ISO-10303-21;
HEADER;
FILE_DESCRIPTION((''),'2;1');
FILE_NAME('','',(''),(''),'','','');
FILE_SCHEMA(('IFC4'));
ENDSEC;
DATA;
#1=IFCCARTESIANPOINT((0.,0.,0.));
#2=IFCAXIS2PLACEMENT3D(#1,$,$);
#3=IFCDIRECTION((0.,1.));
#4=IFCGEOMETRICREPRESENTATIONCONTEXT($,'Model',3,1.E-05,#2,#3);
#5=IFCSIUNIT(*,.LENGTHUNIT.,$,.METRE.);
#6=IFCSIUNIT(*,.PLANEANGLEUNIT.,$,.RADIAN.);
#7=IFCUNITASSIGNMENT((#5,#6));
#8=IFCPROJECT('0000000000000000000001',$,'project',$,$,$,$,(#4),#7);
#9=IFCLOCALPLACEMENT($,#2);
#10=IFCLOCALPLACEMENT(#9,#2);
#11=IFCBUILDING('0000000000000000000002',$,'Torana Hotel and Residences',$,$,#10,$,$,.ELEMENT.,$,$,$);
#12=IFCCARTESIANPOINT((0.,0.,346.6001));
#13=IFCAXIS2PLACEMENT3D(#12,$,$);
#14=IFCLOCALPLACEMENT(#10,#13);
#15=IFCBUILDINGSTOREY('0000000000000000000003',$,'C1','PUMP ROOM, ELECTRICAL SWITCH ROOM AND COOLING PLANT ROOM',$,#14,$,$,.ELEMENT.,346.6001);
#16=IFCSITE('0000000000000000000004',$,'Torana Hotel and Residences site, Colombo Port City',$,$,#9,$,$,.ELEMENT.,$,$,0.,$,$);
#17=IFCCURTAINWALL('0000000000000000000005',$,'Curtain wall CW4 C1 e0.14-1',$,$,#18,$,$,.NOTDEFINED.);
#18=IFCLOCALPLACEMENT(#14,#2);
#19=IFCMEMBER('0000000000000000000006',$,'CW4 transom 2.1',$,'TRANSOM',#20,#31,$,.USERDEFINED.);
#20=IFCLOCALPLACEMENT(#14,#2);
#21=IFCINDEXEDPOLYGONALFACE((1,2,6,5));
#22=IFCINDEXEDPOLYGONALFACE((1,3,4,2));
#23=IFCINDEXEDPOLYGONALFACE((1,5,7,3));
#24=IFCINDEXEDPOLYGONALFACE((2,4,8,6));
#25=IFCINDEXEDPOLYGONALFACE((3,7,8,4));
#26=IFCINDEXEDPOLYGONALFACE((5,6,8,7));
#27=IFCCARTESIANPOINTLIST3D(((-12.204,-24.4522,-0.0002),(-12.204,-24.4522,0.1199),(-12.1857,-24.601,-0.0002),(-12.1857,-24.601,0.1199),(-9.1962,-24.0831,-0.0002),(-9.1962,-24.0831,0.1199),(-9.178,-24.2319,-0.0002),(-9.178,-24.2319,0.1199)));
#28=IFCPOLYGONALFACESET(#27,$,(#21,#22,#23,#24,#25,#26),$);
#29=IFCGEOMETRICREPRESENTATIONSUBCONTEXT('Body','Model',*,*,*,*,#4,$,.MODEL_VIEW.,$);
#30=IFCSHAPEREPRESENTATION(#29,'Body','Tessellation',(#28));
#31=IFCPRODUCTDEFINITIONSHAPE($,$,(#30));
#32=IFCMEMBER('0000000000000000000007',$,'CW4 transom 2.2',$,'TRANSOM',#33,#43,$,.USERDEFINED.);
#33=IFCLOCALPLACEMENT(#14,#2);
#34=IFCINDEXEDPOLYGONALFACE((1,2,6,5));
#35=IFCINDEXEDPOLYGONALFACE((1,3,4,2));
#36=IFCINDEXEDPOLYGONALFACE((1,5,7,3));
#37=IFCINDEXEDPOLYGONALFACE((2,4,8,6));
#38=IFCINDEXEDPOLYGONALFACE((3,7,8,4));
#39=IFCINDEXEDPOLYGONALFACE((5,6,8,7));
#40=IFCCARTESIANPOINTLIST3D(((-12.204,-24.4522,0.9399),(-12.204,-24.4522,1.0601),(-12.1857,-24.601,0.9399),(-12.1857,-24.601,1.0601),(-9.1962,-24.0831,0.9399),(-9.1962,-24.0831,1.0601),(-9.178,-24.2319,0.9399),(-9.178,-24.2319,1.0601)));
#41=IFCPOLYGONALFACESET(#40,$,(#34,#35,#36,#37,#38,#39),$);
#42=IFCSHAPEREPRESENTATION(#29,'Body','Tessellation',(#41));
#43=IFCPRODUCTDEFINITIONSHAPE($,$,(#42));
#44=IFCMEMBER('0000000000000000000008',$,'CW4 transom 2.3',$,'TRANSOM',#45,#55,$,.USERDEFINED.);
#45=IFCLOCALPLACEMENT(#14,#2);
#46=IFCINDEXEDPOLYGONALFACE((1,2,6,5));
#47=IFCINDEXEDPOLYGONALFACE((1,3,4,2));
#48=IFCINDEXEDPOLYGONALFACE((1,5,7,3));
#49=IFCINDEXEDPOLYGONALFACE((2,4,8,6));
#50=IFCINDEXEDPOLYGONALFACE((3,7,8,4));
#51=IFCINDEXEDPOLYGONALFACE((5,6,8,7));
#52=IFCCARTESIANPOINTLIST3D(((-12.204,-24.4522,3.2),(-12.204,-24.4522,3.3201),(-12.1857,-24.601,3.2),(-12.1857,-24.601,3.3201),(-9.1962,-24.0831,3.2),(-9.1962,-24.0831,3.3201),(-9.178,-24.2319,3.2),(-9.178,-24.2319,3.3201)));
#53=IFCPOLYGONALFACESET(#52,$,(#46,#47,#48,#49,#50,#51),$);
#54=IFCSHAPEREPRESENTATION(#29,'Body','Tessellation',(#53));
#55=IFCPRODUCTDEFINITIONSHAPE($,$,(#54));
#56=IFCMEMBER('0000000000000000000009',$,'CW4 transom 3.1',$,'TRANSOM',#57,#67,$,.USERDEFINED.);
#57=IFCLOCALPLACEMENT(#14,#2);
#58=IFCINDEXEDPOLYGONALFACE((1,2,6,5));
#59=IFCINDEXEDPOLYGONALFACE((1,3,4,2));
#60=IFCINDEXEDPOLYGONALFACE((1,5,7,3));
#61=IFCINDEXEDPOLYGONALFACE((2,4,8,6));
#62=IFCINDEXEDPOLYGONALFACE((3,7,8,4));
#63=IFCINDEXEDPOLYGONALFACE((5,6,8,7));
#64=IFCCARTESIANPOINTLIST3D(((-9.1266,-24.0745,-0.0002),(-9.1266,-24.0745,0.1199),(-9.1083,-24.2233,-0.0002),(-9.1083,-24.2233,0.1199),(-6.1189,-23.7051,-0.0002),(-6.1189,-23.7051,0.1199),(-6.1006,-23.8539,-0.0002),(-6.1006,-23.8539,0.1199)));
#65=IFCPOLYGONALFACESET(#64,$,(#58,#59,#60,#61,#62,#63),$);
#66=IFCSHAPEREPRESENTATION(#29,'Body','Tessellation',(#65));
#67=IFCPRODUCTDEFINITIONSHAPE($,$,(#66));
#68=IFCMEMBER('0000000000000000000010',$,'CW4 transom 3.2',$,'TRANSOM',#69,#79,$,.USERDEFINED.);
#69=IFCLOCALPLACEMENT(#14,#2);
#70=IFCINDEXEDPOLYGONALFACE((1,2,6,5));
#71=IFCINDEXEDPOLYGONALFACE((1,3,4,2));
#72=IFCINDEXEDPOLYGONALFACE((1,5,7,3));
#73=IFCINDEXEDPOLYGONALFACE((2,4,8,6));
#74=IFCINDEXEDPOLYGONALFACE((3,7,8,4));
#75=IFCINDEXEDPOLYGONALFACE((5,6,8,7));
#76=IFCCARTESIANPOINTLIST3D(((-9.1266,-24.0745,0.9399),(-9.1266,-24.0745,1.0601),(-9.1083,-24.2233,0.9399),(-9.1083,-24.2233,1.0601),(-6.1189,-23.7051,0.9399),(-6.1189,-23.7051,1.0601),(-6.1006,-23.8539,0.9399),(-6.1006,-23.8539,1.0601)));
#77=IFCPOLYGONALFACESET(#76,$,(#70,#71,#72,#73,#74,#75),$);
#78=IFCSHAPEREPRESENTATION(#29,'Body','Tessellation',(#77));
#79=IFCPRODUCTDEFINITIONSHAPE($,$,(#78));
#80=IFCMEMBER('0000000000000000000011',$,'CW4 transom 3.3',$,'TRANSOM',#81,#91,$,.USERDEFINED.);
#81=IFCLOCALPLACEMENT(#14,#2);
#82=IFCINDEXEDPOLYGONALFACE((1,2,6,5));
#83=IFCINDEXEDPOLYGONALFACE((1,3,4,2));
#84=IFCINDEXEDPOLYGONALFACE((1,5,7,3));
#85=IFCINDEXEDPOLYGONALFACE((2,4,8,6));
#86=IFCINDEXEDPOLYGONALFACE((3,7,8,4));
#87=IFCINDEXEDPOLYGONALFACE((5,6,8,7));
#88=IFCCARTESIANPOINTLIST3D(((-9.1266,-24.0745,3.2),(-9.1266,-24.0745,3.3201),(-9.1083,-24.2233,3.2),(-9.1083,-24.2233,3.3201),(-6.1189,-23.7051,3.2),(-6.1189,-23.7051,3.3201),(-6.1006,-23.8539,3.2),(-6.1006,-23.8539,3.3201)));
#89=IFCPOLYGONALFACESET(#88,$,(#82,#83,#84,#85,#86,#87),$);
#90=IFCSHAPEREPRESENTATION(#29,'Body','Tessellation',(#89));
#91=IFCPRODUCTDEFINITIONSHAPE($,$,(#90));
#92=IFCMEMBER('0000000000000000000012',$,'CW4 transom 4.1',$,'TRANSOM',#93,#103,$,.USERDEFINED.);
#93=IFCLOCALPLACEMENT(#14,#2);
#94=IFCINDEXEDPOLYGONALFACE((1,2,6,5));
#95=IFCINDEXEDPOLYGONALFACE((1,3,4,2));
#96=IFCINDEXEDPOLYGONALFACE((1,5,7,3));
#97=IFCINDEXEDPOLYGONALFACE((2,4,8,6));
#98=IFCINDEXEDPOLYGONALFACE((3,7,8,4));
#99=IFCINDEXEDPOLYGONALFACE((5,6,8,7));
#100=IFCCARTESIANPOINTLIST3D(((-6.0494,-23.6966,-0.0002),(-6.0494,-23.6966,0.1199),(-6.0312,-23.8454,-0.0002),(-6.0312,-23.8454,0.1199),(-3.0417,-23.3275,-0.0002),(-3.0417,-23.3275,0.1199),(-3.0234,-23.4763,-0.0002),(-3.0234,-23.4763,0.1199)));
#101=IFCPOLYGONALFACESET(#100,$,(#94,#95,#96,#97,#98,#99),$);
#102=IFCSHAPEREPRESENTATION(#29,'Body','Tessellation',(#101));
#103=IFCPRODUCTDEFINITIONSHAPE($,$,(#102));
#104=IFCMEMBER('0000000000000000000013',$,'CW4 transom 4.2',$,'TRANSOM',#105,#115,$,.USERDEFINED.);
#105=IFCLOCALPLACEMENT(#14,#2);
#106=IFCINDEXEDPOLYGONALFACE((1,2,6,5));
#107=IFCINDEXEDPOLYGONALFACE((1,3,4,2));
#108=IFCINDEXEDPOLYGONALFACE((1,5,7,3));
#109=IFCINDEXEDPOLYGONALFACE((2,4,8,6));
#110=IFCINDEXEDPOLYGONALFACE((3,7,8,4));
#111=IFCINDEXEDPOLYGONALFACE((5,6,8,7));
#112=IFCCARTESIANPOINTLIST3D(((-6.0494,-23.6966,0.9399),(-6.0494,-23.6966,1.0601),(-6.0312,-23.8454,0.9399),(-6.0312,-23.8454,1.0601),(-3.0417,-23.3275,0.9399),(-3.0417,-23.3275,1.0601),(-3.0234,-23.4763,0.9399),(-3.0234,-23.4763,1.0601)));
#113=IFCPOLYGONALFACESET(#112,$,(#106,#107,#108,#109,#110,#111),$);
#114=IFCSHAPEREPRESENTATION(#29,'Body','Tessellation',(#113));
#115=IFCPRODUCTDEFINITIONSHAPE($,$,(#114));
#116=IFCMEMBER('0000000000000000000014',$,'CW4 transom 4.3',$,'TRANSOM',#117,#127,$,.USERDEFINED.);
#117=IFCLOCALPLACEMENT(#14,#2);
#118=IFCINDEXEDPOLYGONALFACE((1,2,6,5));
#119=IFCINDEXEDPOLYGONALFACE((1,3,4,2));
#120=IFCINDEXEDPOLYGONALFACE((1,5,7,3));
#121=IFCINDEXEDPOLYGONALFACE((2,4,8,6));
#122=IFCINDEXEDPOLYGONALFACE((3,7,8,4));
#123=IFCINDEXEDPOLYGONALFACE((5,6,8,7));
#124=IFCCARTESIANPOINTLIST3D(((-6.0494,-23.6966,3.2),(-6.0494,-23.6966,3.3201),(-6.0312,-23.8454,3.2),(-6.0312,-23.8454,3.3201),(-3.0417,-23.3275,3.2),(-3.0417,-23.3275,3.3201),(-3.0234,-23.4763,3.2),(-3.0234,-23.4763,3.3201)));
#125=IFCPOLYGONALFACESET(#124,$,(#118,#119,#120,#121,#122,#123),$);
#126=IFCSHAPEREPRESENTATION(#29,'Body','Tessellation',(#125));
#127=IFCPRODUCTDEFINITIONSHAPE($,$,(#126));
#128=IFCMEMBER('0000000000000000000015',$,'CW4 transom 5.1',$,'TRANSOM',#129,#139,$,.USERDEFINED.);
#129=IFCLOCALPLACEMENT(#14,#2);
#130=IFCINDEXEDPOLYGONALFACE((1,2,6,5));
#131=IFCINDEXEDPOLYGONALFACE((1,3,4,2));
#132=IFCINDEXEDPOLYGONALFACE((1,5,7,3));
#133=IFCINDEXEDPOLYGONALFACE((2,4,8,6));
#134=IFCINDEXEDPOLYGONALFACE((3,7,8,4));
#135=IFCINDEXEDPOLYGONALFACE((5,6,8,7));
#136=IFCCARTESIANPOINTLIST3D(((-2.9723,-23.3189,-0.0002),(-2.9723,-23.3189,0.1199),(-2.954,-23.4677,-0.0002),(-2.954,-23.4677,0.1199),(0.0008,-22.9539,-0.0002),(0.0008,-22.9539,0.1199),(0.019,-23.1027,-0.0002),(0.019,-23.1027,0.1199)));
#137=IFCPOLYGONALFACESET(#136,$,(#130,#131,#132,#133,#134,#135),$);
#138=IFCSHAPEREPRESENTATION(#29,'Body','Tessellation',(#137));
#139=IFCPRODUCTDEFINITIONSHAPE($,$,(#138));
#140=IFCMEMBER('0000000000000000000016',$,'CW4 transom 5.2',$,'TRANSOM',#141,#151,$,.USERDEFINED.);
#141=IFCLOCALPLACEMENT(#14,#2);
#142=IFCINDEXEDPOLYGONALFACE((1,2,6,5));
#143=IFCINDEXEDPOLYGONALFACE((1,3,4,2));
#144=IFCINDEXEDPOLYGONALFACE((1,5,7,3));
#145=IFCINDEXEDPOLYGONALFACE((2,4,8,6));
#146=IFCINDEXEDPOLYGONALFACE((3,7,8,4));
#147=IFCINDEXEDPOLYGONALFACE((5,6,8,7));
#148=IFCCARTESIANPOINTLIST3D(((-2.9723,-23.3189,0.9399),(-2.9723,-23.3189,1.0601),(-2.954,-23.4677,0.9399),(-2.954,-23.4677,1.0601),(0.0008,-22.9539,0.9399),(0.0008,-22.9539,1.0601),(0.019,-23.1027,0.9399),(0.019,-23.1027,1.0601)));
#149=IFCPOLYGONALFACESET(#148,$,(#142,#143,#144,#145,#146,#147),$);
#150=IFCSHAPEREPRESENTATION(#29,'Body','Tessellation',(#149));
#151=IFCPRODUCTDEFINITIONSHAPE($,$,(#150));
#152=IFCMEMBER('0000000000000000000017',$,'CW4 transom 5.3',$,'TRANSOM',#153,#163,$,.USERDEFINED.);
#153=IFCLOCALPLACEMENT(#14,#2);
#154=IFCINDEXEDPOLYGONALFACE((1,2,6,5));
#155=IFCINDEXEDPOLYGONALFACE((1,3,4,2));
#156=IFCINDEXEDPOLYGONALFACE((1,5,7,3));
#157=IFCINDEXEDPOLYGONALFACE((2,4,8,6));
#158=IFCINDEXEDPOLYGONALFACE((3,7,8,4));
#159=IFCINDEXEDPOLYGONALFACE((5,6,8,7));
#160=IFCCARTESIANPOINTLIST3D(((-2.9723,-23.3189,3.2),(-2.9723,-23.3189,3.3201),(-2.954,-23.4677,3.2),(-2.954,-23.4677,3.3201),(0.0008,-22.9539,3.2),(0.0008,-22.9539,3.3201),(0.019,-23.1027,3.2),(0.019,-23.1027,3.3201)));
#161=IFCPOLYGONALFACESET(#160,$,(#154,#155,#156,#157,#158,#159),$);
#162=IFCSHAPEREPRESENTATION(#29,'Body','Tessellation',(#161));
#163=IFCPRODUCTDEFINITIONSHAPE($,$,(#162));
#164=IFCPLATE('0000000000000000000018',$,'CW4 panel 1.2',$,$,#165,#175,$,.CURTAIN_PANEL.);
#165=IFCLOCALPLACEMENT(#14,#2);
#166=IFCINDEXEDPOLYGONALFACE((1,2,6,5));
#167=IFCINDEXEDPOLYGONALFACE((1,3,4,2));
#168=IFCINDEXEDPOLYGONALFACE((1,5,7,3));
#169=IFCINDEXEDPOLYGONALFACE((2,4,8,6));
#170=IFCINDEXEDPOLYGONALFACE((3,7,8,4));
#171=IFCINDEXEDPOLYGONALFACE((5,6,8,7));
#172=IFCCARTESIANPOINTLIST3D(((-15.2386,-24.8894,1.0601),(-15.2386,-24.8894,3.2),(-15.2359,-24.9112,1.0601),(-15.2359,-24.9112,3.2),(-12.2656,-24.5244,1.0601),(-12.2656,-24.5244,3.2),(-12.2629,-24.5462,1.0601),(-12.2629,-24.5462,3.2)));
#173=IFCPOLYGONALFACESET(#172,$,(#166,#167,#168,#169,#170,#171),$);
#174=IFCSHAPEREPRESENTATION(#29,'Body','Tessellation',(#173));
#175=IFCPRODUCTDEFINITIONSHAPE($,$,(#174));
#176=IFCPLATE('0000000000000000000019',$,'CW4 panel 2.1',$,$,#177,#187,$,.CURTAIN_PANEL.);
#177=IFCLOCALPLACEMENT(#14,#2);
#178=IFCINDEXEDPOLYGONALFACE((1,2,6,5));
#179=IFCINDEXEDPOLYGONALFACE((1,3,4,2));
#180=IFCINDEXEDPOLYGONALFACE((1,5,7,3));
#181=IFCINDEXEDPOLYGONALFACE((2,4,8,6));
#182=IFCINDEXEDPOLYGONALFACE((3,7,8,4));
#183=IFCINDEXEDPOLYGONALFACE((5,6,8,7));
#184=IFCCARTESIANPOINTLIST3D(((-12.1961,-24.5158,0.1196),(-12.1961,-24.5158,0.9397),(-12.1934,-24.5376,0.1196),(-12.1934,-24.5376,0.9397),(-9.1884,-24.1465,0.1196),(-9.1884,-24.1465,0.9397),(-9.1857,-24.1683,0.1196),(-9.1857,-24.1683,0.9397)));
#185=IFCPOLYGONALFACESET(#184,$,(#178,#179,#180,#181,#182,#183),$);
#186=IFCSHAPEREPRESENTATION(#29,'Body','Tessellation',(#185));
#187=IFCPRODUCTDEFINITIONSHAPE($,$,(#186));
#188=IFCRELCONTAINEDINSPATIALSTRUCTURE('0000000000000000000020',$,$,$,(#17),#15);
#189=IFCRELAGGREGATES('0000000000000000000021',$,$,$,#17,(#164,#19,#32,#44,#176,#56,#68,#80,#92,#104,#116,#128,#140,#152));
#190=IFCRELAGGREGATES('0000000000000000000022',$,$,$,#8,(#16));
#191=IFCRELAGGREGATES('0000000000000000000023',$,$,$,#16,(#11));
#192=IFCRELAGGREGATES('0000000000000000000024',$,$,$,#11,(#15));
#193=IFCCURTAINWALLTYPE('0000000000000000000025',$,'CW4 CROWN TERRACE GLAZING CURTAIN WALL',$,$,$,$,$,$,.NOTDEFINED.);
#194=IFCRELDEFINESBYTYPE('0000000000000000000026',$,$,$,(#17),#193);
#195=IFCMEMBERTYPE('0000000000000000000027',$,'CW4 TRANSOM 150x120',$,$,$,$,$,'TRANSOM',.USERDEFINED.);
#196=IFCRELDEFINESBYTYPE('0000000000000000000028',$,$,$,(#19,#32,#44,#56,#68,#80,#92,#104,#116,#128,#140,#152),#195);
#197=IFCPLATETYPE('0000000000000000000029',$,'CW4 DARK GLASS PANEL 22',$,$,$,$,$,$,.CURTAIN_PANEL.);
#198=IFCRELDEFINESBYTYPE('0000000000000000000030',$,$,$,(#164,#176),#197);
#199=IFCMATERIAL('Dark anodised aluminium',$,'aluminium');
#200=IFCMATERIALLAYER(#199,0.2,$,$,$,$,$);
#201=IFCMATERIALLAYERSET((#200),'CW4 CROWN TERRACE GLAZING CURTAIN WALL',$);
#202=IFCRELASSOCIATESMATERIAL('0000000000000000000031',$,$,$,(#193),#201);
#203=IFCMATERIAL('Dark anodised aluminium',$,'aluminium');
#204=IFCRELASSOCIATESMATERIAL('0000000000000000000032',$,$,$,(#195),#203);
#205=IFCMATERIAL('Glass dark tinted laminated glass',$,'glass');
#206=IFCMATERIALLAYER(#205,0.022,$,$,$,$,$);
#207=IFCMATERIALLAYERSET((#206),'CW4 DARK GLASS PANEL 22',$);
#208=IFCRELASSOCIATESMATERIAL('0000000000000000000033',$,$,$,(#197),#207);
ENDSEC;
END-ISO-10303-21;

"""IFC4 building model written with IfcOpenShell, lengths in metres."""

from ifc_helpers import new_model, si_unit, direction, frame, origin, origin_2d, place, context, subcontext, project, spatial, rectangle, extrude, material, layer, layer_set, material_profile, profile_set, type_object, element, aggregate, save


model = new_model("IFC4")

# Units and contexts
model_context = context("Model", 3, precision=1e-05, world=origin(), true_north=direction((0.0, 1.0)))
body_context = subcontext(model_context, "Body", "Model", "MODEL_VIEW")
ifc_project = project(units=[si_unit("LENGTHUNIT", "METRE"), si_unit("PLANEANGLEUNIT", "RADIAN")], contexts=[model_context])

# Site, building, storey
site_placement = place(None, origin())
site = spatial("IfcSite", under=ifc_project, at=site_placement, Name="Torana Hotel and Residences site, Colombo Port City", CompositionType="ELEMENT", RefElevation=0.0)
building_placement = place(site_placement, origin())
building = spatial("IfcBuilding", under=site, at=building_placement, Name="Torana Hotel and Residences", CompositionType="ELEMENT")
storey_placement = place(building_placement, frame((0.0, 0.0, 346.6001)))
storey = spatial("IfcBuildingStorey", under=building, at=storey_placement, Name="C1", Description="PUMP ROOM, ELECTRICAL SWITCH ROOM AND COOLING PLANT ROOM", CompositionType="ELEMENT", Elevation=346.6001)

# Curtain wall, members, plates
ifc_material_1 = material(Name="Dark anodised aluminium", Category="aluminium")
ifc_layer_1 = layer(ifc_material_1, 0.2)
ifc_layer_set_1 = layer_set([ifc_layer_1], Name="CW4 CROWN TERRACE GLAZING CURTAIN WALL")
curtain_wall_type = type_object("IfcCurtainWallType", Name="CW4 CROWN TERRACE GLAZING CURTAIN WALL", PredefinedType="NOTDEFINED", material=ifc_layer_set_1)
curtain_wall_placement = place(storey_placement, origin())
curtain_wall = element("IfcCurtainWall", 1, at=curtain_wall_placement, inside=storey, type_object=curtain_wall_type, Name="Curtain wall CW4 C1 e0.14-1", PredefinedType="NOTDEFINED")
ifc_material_2 = material(Name="Dark anodised aluminium", Category="aluminium")
ifc_material_profile_1 = material_profile(ifc_material_2, rectangle(XDim=0.1499, YDim=0.1201, at=origin_2d()), Name="CW4 TRANSOM 150x120")
ifc_profile_set_1 = profile_set([ifc_material_profile_1], Name="Dark anodised aluminium")
member_type_1 = type_object("IfcMemberType", Name="CW4 TRANSOM 150x120", ElementType="TRANSOM", PredefinedType="USERDEFINED", material=ifc_profile_set_1)
member_1_placement = place(storey_placement, frame((-12.1948, -24.5266, 0.0598), z_axis=(0.992553, 0.121813, 0.0), x_axis=(-0.121813, 0.992553, 0.0)))
member_1 = element("IfcMember", 2, at=member_1_placement, type_object=member_type_1, Name="CW4 transom 2.1", ObjectType="TRANSOM", PredefinedType="USERDEFINED", context=body_context, shape_type="SweptSolid", body=[
    extrude(rectangle(XDim=0.1499, YDim=0.1201, at=origin_2d()), origin(), (0.0, 0.0, 1.0), 3.0303),
])
member_2_placement = place(storey_placement, frame((-12.1948, -24.5266, 1.0), z_axis=(0.992553, 0.121813, 0.0), x_axis=(-0.121813, 0.992553, 0.0)))
member_2 = element("IfcMember", 3, at=member_2_placement, type_object=member_type_1, Name="CW4 transom 2.2", ObjectType="TRANSOM", PredefinedType="USERDEFINED", context=body_context, shape_type="SweptSolid", body=[
    extrude(rectangle(XDim=0.1499, YDim=0.1201, at=origin_2d()), origin(), (0.0, 0.0, 1.0), 3.0303),
])
member_3_placement = place(storey_placement, frame((-12.1948, -24.5266, 3.26), z_axis=(0.992553, 0.121813, 0.0), x_axis=(-0.121813, 0.992553, 0.0)))
member_3 = element("IfcMember", 4, at=member_3_placement, type_object=member_type_1, Name="CW4 transom 2.3", ObjectType="TRANSOM", PredefinedType="USERDEFINED", context=body_context, shape_type="SweptSolid", body=[
    extrude(rectangle(XDim=0.1499, YDim=0.1201, at=origin_2d()), origin(), (0.0, 0.0, 1.0), 3.0303),
])
member_4_placement = place(storey_placement, frame((-9.1174, -24.1489, 0.0598), z_axis=(0.992542, 0.121902, 0.0), x_axis=(-0.121902, 0.992542, 0.0)))
member_4 = element("IfcMember", 5, at=member_4_placement, type_object=member_type_1, Name="CW4 transom 3.1", ObjectType="TRANSOM", PredefinedType="USERDEFINED", context=body_context, shape_type="SweptSolid", body=[
    extrude(rectangle(XDim=0.1499, YDim=0.1201, at=origin_2d()), origin(), (0.0, 0.0, 1.0), 3.0303),
])
member_5_placement = place(storey_placement, frame((-9.1174, -24.1489, 1.0), z_axis=(0.992542, 0.121902, 0.0), x_axis=(-0.121902, 0.992542, 0.0)))
member_5 = element("IfcMember", 6, at=member_5_placement, type_object=member_type_1, Name="CW4 transom 3.2", ObjectType="TRANSOM", PredefinedType="USERDEFINED", context=body_context, shape_type="SweptSolid", body=[
    extrude(rectangle(XDim=0.1499, YDim=0.1201, at=origin_2d()), origin(), (0.0, 0.0, 1.0), 3.0303),
])
member_6_placement = place(storey_placement, frame((-9.1174, -24.1489, 3.26), z_axis=(0.992542, 0.121902, 0.0), x_axis=(-0.121902, 0.992542, 0.0)))
member_6 = element("IfcMember", 7, at=member_6_placement, type_object=member_type_1, Name="CW4 transom 3.3", ObjectType="TRANSOM", PredefinedType="USERDEFINED", context=body_context, shape_type="SweptSolid", body=[
    extrude(rectangle(XDim=0.1499, YDim=0.1201, at=origin_2d()), origin(), (0.0, 0.0, 1.0), 3.0303),
])
member_7_placement = place(storey_placement, frame((-6.0403, -23.771, 0.0598), z_axis=(0.992553, 0.121813, 0.0), x_axis=(-0.121813, 0.992553, 0.0)))
member_7 = element("IfcMember", 8, at=member_7_placement, type_object=member_type_1, Name="CW4 transom 4.1", ObjectType="TRANSOM", PredefinedType="USERDEFINED", context=body_context, shape_type="SweptSolid", body=[
    extrude(rectangle(XDim=0.1499, YDim=0.1201, at=origin_2d()), origin(), (0.0, 0.0, 1.0), 3.0303),
])
member_8_placement = place(storey_placement, frame((-6.0403, -23.771, 1.0), z_axis=(0.992553, 0.121813, 0.0), x_axis=(-0.121813, 0.992553, 0.0)))
member_8 = element("IfcMember", 9, at=member_8_placement, type_object=member_type_1, Name="CW4 transom 4.2", ObjectType="TRANSOM", PredefinedType="USERDEFINED", context=body_context, shape_type="SweptSolid", body=[
    extrude(rectangle(XDim=0.1499, YDim=0.1201, at=origin_2d()), origin(), (0.0, 0.0, 1.0), 3.0303),
])
member_9_placement = place(storey_placement, frame((-6.0403, -23.771, 3.26), z_axis=(0.992553, 0.121813, 0.0), x_axis=(-0.121813, 0.992553, 0.0)))
member_9 = element("IfcMember", 10, at=member_9_placement, type_object=member_type_1, Name="CW4 transom 4.3", ObjectType="TRANSOM", PredefinedType="USERDEFINED", context=body_context, shape_type="SweptSolid", body=[
    extrude(rectangle(XDim=0.1499, YDim=0.1201, at=origin_2d()), origin(), (0.0, 0.0, 1.0), 3.0303),
])
member_10_placement = place(storey_placement, frame((-2.9631, -23.3933, 0.0598), z_axis=(0.992549, 0.121848, 0.0), x_axis=(-0.121848, 0.992549, 0.0)))
member_10 = element("IfcMember", 11, at=member_10_placement, type_object=member_type_1, Name="CW4 transom 5.1", ObjectType="TRANSOM", PredefinedType="USERDEFINED", context=body_context, shape_type="SweptSolid", body=[
    extrude(rectangle(XDim=0.1499, YDim=0.1201, at=origin_2d()), origin(), (0.0, 0.0, 1.0), 2.9954),
])
member_11_placement = place(storey_placement, frame((-2.9631, -23.3933, 1.0), z_axis=(0.992549, 0.121848, 0.0), x_axis=(-0.121848, 0.992549, 0.0)))
member_11 = element("IfcMember", 12, at=member_11_placement, type_object=member_type_1, Name="CW4 transom 5.2", ObjectType="TRANSOM", PredefinedType="USERDEFINED", context=body_context, shape_type="SweptSolid", body=[
    extrude(rectangle(XDim=0.1499, YDim=0.1201, at=origin_2d()), origin(), (0.0, 0.0, 1.0), 2.9954),
])
member_12_placement = place(storey_placement, frame((-2.9631, -23.3933, 3.26), z_axis=(0.992549, 0.121848, 0.0), x_axis=(-0.121848, 0.992549, 0.0)))
member_12 = element("IfcMember", 13, at=member_12_placement, type_object=member_type_1, Name="CW4 transom 5.3", ObjectType="TRANSOM", PredefinedType="USERDEFINED", context=body_context, shape_type="SweptSolid", body=[
    extrude(rectangle(XDim=0.1499, YDim=0.1201, at=origin_2d()), origin(), (0.0, 0.0, 1.0), 2.9954),
])
ifc_material_3 = material(Name="Glass dark tinted laminated glass", Category="glass")
ifc_layer_2 = layer(ifc_material_3, 0.022)
ifc_layer_set_2 = layer_set([ifc_layer_2], Name="CW4 DARK GLASS PANEL 22")
plate_type = type_object("IfcPlateType", Name="CW4 DARK GLASS PANEL 22", PredefinedType="CURTAIN_PANEL", material=ifc_layer_set_2)
plate_1_placement = place(storey_placement, frame((-13.7507, -24.7178, 1.0601), z_axis=(0.0, 0.0, 1.0), x_axis=(0.992548, 0.121858, 0.0)))
plate_1 = element("IfcPlate", 14, at=plate_1_placement, type_object=plate_type, Name="CW4 panel 1.2", PredefinedType="CURTAIN_PANEL", context=body_context, shape_type="SweptSolid", body=[
    extrude(rectangle(XDim=2.9954, YDim=0.022, at=origin_2d()), origin(), (0.0, 0.0, 1.0), 2.1399),
])
plate_2_placement = place(storey_placement, frame((-10.6909, -24.342, 0.1196), z_axis=(0.0, 0.0, 1.0), x_axis=(0.992548, 0.121858, 0.0)))
plate_2 = element("IfcPlate", 15, at=plate_2_placement, type_object=plate_type, Name="CW4 panel 2.1", PredefinedType="CURTAIN_PANEL", context=body_context, shape_type="SweptSolid", body=[
    extrude(rectangle(XDim=3.0303, YDim=0.022, at=origin_2d()), origin(), (0.0, 0.0, 1.0), 0.8201),
])
aggregate(curtain_wall, [plate_1, member_1, member_2, member_3, plate_2, member_4, member_5, member_6, member_7, member_8, member_9, member_10, member_11, member_12])

save(model, "model.ifc")
